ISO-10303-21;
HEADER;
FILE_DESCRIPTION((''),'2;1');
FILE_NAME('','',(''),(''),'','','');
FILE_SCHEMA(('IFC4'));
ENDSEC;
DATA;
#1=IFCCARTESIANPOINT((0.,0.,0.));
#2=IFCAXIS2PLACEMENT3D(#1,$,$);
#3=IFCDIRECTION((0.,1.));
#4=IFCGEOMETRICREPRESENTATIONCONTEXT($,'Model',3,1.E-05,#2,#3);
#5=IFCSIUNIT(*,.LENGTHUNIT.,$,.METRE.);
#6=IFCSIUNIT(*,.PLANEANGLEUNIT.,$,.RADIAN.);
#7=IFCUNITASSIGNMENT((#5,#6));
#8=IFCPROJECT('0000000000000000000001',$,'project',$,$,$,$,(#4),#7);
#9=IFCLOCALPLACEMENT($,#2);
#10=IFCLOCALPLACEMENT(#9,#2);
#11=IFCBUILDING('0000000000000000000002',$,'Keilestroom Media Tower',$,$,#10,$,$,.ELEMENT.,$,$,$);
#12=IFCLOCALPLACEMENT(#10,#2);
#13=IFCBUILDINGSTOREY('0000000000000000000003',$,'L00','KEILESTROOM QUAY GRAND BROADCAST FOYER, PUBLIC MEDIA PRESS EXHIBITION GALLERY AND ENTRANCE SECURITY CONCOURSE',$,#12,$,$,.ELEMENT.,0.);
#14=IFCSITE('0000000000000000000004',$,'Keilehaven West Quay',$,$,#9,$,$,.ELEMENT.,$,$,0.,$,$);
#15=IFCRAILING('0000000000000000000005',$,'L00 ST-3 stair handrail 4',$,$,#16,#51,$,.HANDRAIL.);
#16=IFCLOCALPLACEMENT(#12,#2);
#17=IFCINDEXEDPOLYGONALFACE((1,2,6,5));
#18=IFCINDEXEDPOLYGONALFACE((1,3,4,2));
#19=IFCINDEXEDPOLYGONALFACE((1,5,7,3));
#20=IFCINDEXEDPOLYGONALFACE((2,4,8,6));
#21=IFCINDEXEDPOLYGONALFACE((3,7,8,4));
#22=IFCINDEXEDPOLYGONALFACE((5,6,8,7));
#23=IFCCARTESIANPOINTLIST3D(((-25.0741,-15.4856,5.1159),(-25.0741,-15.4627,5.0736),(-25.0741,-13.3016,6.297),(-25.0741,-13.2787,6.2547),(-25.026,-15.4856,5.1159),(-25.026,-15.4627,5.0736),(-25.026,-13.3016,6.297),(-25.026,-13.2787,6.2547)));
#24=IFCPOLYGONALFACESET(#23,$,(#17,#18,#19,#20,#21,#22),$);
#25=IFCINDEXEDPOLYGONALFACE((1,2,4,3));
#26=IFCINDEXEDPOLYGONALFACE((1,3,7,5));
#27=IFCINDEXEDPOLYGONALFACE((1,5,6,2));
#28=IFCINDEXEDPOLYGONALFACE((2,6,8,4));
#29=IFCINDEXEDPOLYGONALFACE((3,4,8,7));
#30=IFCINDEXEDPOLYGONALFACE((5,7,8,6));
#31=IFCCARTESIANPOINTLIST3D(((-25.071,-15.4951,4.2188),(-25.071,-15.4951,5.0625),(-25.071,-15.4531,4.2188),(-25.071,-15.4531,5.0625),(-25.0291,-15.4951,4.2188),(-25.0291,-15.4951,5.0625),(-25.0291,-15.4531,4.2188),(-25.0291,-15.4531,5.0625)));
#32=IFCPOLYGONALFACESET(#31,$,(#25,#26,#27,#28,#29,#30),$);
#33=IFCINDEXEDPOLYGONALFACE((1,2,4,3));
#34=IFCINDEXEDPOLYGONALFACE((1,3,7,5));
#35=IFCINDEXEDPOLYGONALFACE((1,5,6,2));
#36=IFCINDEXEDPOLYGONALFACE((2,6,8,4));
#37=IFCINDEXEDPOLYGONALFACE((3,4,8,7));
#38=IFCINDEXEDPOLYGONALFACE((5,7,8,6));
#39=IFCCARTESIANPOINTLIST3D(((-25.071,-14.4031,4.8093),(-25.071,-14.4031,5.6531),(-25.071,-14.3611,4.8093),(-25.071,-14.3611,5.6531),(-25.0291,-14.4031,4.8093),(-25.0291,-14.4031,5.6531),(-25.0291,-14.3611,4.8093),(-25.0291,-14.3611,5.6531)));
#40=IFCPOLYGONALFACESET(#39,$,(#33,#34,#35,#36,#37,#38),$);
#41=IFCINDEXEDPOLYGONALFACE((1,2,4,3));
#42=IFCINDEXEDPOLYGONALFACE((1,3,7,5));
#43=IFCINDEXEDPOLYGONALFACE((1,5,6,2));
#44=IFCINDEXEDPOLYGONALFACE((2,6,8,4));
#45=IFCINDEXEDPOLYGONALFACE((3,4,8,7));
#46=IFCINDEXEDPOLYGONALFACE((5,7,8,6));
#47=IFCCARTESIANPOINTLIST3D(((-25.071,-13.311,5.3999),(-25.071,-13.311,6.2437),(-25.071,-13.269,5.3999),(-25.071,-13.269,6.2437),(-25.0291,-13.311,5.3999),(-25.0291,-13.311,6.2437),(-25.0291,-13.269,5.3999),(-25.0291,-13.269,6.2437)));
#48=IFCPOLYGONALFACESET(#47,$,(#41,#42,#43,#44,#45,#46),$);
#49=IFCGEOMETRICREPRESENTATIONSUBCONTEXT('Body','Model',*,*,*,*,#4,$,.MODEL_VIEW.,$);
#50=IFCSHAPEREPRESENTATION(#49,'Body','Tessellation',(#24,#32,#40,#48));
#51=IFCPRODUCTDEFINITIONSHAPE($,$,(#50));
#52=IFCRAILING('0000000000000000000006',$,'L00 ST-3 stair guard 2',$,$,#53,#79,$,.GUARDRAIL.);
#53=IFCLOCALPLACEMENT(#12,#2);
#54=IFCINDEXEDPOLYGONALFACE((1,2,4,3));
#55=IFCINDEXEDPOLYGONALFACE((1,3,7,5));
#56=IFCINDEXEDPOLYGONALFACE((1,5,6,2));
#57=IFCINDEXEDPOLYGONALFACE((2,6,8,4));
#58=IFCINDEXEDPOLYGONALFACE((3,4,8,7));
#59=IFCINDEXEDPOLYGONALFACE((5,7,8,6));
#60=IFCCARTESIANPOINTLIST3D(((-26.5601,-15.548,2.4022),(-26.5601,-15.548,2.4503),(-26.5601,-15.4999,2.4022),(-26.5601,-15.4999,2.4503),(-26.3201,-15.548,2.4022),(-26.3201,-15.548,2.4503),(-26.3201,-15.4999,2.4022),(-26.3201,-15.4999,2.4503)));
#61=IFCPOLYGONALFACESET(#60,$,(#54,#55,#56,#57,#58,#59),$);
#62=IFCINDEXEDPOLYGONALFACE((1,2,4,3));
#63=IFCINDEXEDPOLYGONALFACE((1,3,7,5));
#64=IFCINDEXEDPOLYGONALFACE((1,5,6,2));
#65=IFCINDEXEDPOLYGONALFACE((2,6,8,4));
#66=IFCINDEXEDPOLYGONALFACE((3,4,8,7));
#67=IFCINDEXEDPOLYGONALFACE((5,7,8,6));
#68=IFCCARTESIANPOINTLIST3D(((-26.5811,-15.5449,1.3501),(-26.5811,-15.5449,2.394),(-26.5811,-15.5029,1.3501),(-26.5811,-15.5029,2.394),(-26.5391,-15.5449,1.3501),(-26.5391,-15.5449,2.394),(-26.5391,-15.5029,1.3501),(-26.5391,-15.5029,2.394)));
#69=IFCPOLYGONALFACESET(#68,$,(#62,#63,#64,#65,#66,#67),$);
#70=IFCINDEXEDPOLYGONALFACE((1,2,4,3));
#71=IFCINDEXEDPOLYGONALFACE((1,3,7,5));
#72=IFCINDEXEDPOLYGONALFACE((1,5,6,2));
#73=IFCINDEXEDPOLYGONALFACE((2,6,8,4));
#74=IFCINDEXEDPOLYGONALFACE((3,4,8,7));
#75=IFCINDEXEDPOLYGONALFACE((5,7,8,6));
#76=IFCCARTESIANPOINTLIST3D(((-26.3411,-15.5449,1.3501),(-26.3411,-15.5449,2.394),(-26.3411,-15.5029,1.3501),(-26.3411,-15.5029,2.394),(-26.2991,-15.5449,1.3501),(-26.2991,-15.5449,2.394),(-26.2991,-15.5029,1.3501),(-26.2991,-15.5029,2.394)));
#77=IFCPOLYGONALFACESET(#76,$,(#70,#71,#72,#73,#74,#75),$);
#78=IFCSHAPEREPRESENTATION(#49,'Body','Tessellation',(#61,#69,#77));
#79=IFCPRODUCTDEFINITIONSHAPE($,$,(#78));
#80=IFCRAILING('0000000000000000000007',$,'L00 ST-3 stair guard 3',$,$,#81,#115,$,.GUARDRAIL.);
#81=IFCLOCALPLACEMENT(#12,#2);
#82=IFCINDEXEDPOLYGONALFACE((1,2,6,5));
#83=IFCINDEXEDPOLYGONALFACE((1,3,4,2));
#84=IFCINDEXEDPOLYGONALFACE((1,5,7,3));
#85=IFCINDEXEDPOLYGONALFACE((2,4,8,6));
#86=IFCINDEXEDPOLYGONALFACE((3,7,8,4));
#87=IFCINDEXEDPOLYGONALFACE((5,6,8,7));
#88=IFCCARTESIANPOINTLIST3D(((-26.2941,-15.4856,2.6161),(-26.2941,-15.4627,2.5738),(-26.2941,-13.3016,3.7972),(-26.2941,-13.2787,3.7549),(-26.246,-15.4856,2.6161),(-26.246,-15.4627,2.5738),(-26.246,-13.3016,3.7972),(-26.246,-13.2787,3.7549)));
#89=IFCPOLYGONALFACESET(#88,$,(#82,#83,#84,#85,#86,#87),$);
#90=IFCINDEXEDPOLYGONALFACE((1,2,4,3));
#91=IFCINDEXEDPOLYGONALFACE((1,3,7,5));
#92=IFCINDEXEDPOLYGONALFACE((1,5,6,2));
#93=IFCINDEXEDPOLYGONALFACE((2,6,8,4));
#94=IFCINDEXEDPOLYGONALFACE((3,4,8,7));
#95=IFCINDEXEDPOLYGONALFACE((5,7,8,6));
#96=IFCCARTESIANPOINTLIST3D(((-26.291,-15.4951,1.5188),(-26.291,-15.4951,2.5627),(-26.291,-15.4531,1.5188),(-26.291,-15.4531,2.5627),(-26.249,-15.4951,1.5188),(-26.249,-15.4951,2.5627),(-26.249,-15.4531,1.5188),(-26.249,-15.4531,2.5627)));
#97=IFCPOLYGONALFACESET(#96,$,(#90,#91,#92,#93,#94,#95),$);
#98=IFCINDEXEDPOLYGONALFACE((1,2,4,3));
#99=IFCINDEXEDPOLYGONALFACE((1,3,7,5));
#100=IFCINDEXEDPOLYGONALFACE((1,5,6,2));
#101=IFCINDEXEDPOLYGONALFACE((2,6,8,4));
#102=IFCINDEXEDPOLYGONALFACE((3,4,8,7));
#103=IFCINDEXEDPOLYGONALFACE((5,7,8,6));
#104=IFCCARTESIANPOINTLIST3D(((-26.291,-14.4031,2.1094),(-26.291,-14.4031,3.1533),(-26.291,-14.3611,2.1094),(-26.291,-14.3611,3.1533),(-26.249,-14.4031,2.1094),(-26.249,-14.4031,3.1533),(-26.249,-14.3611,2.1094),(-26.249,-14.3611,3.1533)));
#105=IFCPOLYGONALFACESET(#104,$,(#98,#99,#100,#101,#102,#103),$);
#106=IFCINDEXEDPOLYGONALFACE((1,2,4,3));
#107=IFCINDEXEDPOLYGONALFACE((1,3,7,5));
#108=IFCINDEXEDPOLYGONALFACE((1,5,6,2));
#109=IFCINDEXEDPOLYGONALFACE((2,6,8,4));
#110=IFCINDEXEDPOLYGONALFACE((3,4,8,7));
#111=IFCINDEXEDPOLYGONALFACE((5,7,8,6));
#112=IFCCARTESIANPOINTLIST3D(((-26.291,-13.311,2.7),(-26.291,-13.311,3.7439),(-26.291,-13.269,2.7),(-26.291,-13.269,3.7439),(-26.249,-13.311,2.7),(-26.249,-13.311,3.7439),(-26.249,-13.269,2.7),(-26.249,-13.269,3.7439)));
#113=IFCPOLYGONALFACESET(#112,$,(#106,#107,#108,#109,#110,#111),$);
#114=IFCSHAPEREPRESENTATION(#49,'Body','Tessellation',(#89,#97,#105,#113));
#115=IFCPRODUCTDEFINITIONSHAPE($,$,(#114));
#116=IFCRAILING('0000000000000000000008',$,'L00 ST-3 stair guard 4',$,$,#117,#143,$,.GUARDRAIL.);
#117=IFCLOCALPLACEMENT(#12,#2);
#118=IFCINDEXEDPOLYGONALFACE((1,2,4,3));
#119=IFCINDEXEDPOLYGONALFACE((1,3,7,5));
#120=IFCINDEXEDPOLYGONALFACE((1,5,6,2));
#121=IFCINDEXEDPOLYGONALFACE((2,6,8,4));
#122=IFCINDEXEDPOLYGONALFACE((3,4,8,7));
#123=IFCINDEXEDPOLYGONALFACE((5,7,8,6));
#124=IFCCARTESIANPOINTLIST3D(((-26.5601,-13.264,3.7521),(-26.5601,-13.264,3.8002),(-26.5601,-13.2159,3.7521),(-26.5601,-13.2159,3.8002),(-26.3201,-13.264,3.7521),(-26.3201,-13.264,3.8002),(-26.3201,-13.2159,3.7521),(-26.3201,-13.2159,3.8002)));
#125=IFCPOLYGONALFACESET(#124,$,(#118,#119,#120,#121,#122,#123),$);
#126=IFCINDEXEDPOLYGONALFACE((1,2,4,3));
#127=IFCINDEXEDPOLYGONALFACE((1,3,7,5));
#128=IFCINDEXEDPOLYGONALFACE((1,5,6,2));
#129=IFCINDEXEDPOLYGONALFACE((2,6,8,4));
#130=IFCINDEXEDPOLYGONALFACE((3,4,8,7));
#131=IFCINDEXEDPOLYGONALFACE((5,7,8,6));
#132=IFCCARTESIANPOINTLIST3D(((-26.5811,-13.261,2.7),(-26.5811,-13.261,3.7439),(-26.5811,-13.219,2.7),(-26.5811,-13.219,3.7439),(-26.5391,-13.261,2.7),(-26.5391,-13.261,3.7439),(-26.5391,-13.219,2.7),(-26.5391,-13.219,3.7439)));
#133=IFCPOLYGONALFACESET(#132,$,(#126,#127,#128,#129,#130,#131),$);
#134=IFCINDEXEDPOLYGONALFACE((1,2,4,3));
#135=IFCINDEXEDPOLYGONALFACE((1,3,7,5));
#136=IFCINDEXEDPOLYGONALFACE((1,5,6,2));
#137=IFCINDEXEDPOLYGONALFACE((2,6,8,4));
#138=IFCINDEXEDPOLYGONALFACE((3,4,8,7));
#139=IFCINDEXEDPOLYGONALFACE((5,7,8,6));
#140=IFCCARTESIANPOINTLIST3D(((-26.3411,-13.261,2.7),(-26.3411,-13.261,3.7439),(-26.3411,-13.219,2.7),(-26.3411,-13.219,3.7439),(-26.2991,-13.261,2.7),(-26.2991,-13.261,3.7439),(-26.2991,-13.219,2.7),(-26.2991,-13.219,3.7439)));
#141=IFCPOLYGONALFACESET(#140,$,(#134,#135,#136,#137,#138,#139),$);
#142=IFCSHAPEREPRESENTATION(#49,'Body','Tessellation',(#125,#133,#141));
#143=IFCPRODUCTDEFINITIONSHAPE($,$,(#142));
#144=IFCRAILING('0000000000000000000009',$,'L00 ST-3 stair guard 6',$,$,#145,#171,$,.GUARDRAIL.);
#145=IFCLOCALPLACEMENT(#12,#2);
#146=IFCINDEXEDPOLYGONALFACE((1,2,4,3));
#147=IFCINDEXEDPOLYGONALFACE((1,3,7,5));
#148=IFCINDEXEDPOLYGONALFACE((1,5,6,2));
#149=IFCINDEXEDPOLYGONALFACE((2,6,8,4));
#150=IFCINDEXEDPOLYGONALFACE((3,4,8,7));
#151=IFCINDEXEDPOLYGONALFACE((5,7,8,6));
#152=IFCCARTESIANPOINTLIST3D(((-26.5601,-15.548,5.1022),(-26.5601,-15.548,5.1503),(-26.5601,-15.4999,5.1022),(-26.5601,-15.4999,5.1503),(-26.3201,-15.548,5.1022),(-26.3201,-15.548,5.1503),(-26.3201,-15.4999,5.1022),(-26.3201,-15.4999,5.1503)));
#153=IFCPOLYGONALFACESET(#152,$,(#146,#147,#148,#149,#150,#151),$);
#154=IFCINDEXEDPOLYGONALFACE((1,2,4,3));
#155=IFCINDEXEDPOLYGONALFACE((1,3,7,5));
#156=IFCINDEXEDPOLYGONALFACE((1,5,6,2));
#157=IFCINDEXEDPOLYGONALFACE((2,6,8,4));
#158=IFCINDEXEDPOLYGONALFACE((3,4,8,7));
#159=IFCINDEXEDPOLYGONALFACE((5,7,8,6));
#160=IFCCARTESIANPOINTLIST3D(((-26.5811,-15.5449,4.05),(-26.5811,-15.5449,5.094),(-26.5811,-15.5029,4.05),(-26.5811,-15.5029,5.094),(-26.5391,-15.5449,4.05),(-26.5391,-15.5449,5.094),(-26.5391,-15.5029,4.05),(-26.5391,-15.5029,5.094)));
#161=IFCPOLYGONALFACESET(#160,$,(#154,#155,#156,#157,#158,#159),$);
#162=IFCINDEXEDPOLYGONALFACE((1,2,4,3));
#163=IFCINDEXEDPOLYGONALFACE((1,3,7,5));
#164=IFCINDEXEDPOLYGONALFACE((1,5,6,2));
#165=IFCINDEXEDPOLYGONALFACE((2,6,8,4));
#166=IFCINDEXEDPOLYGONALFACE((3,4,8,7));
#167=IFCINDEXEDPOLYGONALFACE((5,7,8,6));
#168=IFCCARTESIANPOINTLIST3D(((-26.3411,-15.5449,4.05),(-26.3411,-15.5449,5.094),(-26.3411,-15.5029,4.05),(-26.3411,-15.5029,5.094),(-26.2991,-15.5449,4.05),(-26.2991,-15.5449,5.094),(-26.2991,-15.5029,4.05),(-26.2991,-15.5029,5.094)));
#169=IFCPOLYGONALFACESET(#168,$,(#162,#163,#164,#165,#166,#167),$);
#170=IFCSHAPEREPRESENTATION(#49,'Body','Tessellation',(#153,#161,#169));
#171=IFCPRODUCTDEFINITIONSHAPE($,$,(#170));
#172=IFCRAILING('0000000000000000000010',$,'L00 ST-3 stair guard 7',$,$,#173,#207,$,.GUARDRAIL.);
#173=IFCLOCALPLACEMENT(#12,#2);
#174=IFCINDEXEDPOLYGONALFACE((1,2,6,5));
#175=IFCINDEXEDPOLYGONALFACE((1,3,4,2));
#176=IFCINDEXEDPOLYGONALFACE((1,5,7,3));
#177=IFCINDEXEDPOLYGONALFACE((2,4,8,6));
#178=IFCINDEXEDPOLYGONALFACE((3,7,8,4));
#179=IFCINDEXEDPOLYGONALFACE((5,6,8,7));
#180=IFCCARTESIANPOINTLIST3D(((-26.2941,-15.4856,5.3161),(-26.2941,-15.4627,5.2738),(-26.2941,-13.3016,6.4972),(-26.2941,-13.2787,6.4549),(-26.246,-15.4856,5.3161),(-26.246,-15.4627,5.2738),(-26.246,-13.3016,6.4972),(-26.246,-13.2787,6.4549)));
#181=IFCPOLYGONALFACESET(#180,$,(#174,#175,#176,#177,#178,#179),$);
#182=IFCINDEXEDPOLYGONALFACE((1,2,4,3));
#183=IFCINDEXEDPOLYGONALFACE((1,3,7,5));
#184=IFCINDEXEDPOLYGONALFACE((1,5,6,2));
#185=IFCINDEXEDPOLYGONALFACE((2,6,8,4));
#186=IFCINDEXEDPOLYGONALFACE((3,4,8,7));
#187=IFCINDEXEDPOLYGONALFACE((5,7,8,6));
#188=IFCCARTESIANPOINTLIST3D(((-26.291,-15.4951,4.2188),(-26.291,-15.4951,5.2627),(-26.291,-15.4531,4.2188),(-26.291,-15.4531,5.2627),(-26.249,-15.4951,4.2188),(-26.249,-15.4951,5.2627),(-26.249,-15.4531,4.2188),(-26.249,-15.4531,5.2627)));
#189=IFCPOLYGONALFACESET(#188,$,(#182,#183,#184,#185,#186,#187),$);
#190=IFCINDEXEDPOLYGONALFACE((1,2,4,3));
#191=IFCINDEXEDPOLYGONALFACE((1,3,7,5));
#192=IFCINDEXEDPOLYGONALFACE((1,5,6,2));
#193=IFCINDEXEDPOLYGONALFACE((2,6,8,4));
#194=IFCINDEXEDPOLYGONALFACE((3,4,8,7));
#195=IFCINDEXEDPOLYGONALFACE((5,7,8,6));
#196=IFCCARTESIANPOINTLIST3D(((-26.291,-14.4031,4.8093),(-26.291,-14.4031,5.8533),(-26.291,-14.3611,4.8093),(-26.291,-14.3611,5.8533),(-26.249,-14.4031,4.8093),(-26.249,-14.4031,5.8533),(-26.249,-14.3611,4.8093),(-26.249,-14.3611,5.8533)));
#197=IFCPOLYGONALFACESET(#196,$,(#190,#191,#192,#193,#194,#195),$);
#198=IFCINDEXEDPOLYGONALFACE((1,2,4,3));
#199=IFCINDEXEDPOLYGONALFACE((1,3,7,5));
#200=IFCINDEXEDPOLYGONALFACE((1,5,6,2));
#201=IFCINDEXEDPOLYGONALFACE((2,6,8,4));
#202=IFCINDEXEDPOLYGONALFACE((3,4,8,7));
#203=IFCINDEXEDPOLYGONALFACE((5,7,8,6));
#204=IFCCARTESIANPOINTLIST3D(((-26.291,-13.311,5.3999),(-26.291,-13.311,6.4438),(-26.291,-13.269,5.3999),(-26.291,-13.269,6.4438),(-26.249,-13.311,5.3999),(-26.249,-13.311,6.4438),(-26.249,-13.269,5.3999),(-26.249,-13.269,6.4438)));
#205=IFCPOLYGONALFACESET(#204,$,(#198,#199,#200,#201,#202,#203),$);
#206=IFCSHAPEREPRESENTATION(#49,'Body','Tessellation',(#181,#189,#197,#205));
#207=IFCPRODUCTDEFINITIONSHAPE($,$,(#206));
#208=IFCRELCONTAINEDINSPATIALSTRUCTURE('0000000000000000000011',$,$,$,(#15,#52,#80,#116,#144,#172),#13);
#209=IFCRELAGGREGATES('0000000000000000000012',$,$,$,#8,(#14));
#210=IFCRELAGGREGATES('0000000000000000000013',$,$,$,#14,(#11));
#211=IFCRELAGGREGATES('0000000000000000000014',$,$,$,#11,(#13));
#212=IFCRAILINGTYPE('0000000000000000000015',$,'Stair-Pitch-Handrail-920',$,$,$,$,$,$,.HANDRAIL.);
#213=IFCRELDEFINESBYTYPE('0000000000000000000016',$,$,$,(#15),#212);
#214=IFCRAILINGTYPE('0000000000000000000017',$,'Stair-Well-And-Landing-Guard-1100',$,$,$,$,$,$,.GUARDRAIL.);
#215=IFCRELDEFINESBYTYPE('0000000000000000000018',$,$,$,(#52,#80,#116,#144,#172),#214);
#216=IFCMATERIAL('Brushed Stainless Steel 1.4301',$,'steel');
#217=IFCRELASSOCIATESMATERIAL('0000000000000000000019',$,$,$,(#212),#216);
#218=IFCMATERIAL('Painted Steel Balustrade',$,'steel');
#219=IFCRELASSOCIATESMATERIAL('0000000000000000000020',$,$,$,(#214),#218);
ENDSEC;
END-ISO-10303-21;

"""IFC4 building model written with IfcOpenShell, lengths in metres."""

from ifc_helpers import new_model, si_unit, direction, frame, origin, origin_2d, place, context, subcontext, project, spatial, rectangle, extrude, material, type_object, element, save


model = new_model("IFC4")

# Units and contexts
model_context = context("Model", 3, precision=1e-05, world=origin(), true_north=direction((0.0, 1.0)))
body_context = subcontext(model_context, "Body", "Model", "MODEL_VIEW")
ifc_project = project(units=[si_unit("LENGTHUNIT", "METRE"), si_unit("PLANEANGLEUNIT", "RADIAN")], contexts=[model_context])

# Site, building, storey
site_placement = place(None, origin())
site = spatial("IfcSite", under=ifc_project, at=site_placement, Name="Keilehaven West Quay", CompositionType="ELEMENT", RefElevation=0.0)
building_placement = place(site_placement, origin())
building = spatial("IfcBuilding", under=site, at=building_placement, Name="Keilestroom Media Tower", CompositionType="ELEMENT")
storey_placement = place(building_placement, origin())
storey = spatial("IfcBuildingStorey", under=building, at=storey_placement, Name="L00", Description="KEILESTROOM QUAY GRAND BROADCAST FOYER, PUBLIC MEDIA PRESS EXHIBITION GALLERY AND ENTRANCE SECURITY CONCOURSE", CompositionType="ELEMENT", Elevation=0.0)

# Railings
ifc_material_1 = material(Name="Brushed Stainless Steel 1.4301", Category="steel")
railing_type_1 = type_object("IfcRailingType", Name="Stair-Pitch-Handrail-920", PredefinedType="HANDRAIL", material=ifc_material_1)
for number, where, name in (
    (1, (-25.05, -15.4741, 4.2188), "L00 ST-3 stair handrail 4"),
):
    element("IfcRailing", number, at=place(storey_placement, frame(where)), inside=storey, type_object=railing_type_1, Name=name, PredefinedType="HANDRAIL", context=body_context, shape_type="SweptSolid", body=[
        extrude(rectangle(XDim=0.0481, YDim=0.0481, at=origin_2d()), frame((0.0, 0.0, 0.876), z_axis=(0.0, 0.879611, 0.475694), x_axis=(-1.0, 0.0, 0.0)), (0.0, 0.0, 1.0), 2.4829),
        extrude(rectangle(XDim=0.042, YDim=0.042, at=origin_2d()), origin(), (0.0, 0.0, 1.0), 0.8438),
        extrude(rectangle(XDim=0.042, YDim=0.042, at=origin_2d()), frame((0.0, 1.092, 0.5906)), (0.0, 0.0, 1.0), 0.8438),
        extrude(rectangle(XDim=0.042, YDim=0.042, at=origin_2d()), frame((0.0, 2.1841, 1.1812)), (0.0, 0.0, 1.0), 0.8438),
    ])
ifc_material_2 = material(Name="Painted Steel Balustrade", Category="steel")
railing_type_2 = type_object("IfcRailingType", Name="Stair-Well-And-Landing-Guard-1100", PredefinedType="GUARDRAIL", material=ifc_material_2)
railing_1_placement = place(storey_placement, frame((-26.5601, -15.5239, 1.3501)))
element("IfcRailing", 2, at=railing_1_placement, inside=storey, type_object=railing_type_2, Name="L00 ST-3 stair guard 2", PredefinedType="GUARDRAIL", context=body_context, shape_type="SweptSolid", body=[
    extrude(rectangle(XDim=0.0481, YDim=0.0481, at=origin_2d()), frame((0.0, 0.0, 1.0762), z_axis=(1.0, 0.0, 0.0), x_axis=(0.0, 1.0, 0.0)), (0.0, 0.0, 1.0), 0.24),
    extrude(rectangle(XDim=0.042, YDim=0.042, at=origin_2d()), origin(), (0.0, 0.0, 1.0), 1.0439),
    extrude(rectangle(XDim=0.042, YDim=0.042, at=origin_2d()), frame((0.24, 0.0, 0.0)), (0.0, 0.0, 1.0), 1.0439),
])
railing_2_placement = place(storey_placement, frame((-26.27, -15.4741, 1.5188)))
element("IfcRailing", 3, at=railing_2_placement, inside=storey, type_object=railing_type_2, Name="L00 ST-3 stair guard 3", PredefinedType="GUARDRAIL", context=body_context, shape_type="SweptSolid", body=[
    extrude(rectangle(XDim=0.0481, YDim=0.0481, at=origin_2d()), frame((0.0, 0.0, 1.0762), z_axis=(0.0, 0.879611, 0.475694), x_axis=(-1.0, 0.0, 0.0)), (0.0, 0.0, 1.0), 2.4829),
    extrude(rectangle(XDim=0.042, YDim=0.042, at=origin_2d()), origin(), (0.0, 0.0, 1.0), 1.0439),
    extrude(rectangle(XDim=0.042, YDim=0.042, at=origin_2d()), frame((0.0, 1.092, 0.5906)), (0.0, 0.0, 1.0), 1.0439),
    extrude(rectangle(XDim=0.042, YDim=0.042, at=origin_2d()), frame((0.0, 2.1841, 1.1812)), (0.0, 0.0, 1.0), 1.0439),
])
for number, where, name in (
    (4, (-26.5601, -13.24, 2.7), "L00 ST-3 stair guard 4"),
    (5, (-26.5601, -15.5239, 4.05), "L00 ST-3 stair guard 6"),
):
    element("IfcRailing", number, at=place(storey_placement, frame(where)), inside=storey, type_object=railing_type_2, Name=name, PredefinedType="GUARDRAIL", context=body_context, shape_type="SweptSolid", body=[
        extrude(rectangle(XDim=0.0481, YDim=0.0481, at=origin_2d()), frame((0.0, 0.0, 1.0762), z_axis=(1.0, 0.0, 0.0), x_axis=(0.0, 1.0, 0.0)), (0.0, 0.0, 1.0), 0.24),
        extrude(rectangle(XDim=0.042, YDim=0.042, at=origin_2d()), origin(), (0.0, 0.0, 1.0), 1.0439),
        extrude(rectangle(XDim=0.042, YDim=0.042, at=origin_2d()), frame((0.24, 0.0, 0.0)), (0.0, 0.0, 1.0), 1.0439),
    ])
railing_3_placement = place(storey_placement, frame((-26.27, -15.4741, 4.2188)))
element("IfcRailing", 6, at=railing_3_placement, inside=storey, type_object=railing_type_2, Name="L00 ST-3 stair guard 7", PredefinedType="GUARDRAIL", context=body_context, shape_type="SweptSolid", body=[
    extrude(rectangle(XDim=0.0481, YDim=0.0481, at=origin_2d()), frame((0.0, 0.0, 1.0762), z_axis=(0.0, 0.879611, 0.475694), x_axis=(-1.0, 0.0, 0.0)), (0.0, 0.0, 1.0), 2.4829),
    extrude(rectangle(XDim=0.042, YDim=0.042, at=origin_2d()), origin(), (0.0, 0.0, 1.0), 1.0439),
    extrude(rectangle(XDim=0.042, YDim=0.042, at=origin_2d()), frame((0.0, 1.092, 0.5906)), (0.0, 0.0, 1.0), 1.0439),
    extrude(rectangle(XDim=0.042, YDim=0.042, at=origin_2d()), frame((0.0, 2.1841, 1.1812)), (0.0, 0.0, 1.0), 1.0439),
])

save(model, "model.ifc")
